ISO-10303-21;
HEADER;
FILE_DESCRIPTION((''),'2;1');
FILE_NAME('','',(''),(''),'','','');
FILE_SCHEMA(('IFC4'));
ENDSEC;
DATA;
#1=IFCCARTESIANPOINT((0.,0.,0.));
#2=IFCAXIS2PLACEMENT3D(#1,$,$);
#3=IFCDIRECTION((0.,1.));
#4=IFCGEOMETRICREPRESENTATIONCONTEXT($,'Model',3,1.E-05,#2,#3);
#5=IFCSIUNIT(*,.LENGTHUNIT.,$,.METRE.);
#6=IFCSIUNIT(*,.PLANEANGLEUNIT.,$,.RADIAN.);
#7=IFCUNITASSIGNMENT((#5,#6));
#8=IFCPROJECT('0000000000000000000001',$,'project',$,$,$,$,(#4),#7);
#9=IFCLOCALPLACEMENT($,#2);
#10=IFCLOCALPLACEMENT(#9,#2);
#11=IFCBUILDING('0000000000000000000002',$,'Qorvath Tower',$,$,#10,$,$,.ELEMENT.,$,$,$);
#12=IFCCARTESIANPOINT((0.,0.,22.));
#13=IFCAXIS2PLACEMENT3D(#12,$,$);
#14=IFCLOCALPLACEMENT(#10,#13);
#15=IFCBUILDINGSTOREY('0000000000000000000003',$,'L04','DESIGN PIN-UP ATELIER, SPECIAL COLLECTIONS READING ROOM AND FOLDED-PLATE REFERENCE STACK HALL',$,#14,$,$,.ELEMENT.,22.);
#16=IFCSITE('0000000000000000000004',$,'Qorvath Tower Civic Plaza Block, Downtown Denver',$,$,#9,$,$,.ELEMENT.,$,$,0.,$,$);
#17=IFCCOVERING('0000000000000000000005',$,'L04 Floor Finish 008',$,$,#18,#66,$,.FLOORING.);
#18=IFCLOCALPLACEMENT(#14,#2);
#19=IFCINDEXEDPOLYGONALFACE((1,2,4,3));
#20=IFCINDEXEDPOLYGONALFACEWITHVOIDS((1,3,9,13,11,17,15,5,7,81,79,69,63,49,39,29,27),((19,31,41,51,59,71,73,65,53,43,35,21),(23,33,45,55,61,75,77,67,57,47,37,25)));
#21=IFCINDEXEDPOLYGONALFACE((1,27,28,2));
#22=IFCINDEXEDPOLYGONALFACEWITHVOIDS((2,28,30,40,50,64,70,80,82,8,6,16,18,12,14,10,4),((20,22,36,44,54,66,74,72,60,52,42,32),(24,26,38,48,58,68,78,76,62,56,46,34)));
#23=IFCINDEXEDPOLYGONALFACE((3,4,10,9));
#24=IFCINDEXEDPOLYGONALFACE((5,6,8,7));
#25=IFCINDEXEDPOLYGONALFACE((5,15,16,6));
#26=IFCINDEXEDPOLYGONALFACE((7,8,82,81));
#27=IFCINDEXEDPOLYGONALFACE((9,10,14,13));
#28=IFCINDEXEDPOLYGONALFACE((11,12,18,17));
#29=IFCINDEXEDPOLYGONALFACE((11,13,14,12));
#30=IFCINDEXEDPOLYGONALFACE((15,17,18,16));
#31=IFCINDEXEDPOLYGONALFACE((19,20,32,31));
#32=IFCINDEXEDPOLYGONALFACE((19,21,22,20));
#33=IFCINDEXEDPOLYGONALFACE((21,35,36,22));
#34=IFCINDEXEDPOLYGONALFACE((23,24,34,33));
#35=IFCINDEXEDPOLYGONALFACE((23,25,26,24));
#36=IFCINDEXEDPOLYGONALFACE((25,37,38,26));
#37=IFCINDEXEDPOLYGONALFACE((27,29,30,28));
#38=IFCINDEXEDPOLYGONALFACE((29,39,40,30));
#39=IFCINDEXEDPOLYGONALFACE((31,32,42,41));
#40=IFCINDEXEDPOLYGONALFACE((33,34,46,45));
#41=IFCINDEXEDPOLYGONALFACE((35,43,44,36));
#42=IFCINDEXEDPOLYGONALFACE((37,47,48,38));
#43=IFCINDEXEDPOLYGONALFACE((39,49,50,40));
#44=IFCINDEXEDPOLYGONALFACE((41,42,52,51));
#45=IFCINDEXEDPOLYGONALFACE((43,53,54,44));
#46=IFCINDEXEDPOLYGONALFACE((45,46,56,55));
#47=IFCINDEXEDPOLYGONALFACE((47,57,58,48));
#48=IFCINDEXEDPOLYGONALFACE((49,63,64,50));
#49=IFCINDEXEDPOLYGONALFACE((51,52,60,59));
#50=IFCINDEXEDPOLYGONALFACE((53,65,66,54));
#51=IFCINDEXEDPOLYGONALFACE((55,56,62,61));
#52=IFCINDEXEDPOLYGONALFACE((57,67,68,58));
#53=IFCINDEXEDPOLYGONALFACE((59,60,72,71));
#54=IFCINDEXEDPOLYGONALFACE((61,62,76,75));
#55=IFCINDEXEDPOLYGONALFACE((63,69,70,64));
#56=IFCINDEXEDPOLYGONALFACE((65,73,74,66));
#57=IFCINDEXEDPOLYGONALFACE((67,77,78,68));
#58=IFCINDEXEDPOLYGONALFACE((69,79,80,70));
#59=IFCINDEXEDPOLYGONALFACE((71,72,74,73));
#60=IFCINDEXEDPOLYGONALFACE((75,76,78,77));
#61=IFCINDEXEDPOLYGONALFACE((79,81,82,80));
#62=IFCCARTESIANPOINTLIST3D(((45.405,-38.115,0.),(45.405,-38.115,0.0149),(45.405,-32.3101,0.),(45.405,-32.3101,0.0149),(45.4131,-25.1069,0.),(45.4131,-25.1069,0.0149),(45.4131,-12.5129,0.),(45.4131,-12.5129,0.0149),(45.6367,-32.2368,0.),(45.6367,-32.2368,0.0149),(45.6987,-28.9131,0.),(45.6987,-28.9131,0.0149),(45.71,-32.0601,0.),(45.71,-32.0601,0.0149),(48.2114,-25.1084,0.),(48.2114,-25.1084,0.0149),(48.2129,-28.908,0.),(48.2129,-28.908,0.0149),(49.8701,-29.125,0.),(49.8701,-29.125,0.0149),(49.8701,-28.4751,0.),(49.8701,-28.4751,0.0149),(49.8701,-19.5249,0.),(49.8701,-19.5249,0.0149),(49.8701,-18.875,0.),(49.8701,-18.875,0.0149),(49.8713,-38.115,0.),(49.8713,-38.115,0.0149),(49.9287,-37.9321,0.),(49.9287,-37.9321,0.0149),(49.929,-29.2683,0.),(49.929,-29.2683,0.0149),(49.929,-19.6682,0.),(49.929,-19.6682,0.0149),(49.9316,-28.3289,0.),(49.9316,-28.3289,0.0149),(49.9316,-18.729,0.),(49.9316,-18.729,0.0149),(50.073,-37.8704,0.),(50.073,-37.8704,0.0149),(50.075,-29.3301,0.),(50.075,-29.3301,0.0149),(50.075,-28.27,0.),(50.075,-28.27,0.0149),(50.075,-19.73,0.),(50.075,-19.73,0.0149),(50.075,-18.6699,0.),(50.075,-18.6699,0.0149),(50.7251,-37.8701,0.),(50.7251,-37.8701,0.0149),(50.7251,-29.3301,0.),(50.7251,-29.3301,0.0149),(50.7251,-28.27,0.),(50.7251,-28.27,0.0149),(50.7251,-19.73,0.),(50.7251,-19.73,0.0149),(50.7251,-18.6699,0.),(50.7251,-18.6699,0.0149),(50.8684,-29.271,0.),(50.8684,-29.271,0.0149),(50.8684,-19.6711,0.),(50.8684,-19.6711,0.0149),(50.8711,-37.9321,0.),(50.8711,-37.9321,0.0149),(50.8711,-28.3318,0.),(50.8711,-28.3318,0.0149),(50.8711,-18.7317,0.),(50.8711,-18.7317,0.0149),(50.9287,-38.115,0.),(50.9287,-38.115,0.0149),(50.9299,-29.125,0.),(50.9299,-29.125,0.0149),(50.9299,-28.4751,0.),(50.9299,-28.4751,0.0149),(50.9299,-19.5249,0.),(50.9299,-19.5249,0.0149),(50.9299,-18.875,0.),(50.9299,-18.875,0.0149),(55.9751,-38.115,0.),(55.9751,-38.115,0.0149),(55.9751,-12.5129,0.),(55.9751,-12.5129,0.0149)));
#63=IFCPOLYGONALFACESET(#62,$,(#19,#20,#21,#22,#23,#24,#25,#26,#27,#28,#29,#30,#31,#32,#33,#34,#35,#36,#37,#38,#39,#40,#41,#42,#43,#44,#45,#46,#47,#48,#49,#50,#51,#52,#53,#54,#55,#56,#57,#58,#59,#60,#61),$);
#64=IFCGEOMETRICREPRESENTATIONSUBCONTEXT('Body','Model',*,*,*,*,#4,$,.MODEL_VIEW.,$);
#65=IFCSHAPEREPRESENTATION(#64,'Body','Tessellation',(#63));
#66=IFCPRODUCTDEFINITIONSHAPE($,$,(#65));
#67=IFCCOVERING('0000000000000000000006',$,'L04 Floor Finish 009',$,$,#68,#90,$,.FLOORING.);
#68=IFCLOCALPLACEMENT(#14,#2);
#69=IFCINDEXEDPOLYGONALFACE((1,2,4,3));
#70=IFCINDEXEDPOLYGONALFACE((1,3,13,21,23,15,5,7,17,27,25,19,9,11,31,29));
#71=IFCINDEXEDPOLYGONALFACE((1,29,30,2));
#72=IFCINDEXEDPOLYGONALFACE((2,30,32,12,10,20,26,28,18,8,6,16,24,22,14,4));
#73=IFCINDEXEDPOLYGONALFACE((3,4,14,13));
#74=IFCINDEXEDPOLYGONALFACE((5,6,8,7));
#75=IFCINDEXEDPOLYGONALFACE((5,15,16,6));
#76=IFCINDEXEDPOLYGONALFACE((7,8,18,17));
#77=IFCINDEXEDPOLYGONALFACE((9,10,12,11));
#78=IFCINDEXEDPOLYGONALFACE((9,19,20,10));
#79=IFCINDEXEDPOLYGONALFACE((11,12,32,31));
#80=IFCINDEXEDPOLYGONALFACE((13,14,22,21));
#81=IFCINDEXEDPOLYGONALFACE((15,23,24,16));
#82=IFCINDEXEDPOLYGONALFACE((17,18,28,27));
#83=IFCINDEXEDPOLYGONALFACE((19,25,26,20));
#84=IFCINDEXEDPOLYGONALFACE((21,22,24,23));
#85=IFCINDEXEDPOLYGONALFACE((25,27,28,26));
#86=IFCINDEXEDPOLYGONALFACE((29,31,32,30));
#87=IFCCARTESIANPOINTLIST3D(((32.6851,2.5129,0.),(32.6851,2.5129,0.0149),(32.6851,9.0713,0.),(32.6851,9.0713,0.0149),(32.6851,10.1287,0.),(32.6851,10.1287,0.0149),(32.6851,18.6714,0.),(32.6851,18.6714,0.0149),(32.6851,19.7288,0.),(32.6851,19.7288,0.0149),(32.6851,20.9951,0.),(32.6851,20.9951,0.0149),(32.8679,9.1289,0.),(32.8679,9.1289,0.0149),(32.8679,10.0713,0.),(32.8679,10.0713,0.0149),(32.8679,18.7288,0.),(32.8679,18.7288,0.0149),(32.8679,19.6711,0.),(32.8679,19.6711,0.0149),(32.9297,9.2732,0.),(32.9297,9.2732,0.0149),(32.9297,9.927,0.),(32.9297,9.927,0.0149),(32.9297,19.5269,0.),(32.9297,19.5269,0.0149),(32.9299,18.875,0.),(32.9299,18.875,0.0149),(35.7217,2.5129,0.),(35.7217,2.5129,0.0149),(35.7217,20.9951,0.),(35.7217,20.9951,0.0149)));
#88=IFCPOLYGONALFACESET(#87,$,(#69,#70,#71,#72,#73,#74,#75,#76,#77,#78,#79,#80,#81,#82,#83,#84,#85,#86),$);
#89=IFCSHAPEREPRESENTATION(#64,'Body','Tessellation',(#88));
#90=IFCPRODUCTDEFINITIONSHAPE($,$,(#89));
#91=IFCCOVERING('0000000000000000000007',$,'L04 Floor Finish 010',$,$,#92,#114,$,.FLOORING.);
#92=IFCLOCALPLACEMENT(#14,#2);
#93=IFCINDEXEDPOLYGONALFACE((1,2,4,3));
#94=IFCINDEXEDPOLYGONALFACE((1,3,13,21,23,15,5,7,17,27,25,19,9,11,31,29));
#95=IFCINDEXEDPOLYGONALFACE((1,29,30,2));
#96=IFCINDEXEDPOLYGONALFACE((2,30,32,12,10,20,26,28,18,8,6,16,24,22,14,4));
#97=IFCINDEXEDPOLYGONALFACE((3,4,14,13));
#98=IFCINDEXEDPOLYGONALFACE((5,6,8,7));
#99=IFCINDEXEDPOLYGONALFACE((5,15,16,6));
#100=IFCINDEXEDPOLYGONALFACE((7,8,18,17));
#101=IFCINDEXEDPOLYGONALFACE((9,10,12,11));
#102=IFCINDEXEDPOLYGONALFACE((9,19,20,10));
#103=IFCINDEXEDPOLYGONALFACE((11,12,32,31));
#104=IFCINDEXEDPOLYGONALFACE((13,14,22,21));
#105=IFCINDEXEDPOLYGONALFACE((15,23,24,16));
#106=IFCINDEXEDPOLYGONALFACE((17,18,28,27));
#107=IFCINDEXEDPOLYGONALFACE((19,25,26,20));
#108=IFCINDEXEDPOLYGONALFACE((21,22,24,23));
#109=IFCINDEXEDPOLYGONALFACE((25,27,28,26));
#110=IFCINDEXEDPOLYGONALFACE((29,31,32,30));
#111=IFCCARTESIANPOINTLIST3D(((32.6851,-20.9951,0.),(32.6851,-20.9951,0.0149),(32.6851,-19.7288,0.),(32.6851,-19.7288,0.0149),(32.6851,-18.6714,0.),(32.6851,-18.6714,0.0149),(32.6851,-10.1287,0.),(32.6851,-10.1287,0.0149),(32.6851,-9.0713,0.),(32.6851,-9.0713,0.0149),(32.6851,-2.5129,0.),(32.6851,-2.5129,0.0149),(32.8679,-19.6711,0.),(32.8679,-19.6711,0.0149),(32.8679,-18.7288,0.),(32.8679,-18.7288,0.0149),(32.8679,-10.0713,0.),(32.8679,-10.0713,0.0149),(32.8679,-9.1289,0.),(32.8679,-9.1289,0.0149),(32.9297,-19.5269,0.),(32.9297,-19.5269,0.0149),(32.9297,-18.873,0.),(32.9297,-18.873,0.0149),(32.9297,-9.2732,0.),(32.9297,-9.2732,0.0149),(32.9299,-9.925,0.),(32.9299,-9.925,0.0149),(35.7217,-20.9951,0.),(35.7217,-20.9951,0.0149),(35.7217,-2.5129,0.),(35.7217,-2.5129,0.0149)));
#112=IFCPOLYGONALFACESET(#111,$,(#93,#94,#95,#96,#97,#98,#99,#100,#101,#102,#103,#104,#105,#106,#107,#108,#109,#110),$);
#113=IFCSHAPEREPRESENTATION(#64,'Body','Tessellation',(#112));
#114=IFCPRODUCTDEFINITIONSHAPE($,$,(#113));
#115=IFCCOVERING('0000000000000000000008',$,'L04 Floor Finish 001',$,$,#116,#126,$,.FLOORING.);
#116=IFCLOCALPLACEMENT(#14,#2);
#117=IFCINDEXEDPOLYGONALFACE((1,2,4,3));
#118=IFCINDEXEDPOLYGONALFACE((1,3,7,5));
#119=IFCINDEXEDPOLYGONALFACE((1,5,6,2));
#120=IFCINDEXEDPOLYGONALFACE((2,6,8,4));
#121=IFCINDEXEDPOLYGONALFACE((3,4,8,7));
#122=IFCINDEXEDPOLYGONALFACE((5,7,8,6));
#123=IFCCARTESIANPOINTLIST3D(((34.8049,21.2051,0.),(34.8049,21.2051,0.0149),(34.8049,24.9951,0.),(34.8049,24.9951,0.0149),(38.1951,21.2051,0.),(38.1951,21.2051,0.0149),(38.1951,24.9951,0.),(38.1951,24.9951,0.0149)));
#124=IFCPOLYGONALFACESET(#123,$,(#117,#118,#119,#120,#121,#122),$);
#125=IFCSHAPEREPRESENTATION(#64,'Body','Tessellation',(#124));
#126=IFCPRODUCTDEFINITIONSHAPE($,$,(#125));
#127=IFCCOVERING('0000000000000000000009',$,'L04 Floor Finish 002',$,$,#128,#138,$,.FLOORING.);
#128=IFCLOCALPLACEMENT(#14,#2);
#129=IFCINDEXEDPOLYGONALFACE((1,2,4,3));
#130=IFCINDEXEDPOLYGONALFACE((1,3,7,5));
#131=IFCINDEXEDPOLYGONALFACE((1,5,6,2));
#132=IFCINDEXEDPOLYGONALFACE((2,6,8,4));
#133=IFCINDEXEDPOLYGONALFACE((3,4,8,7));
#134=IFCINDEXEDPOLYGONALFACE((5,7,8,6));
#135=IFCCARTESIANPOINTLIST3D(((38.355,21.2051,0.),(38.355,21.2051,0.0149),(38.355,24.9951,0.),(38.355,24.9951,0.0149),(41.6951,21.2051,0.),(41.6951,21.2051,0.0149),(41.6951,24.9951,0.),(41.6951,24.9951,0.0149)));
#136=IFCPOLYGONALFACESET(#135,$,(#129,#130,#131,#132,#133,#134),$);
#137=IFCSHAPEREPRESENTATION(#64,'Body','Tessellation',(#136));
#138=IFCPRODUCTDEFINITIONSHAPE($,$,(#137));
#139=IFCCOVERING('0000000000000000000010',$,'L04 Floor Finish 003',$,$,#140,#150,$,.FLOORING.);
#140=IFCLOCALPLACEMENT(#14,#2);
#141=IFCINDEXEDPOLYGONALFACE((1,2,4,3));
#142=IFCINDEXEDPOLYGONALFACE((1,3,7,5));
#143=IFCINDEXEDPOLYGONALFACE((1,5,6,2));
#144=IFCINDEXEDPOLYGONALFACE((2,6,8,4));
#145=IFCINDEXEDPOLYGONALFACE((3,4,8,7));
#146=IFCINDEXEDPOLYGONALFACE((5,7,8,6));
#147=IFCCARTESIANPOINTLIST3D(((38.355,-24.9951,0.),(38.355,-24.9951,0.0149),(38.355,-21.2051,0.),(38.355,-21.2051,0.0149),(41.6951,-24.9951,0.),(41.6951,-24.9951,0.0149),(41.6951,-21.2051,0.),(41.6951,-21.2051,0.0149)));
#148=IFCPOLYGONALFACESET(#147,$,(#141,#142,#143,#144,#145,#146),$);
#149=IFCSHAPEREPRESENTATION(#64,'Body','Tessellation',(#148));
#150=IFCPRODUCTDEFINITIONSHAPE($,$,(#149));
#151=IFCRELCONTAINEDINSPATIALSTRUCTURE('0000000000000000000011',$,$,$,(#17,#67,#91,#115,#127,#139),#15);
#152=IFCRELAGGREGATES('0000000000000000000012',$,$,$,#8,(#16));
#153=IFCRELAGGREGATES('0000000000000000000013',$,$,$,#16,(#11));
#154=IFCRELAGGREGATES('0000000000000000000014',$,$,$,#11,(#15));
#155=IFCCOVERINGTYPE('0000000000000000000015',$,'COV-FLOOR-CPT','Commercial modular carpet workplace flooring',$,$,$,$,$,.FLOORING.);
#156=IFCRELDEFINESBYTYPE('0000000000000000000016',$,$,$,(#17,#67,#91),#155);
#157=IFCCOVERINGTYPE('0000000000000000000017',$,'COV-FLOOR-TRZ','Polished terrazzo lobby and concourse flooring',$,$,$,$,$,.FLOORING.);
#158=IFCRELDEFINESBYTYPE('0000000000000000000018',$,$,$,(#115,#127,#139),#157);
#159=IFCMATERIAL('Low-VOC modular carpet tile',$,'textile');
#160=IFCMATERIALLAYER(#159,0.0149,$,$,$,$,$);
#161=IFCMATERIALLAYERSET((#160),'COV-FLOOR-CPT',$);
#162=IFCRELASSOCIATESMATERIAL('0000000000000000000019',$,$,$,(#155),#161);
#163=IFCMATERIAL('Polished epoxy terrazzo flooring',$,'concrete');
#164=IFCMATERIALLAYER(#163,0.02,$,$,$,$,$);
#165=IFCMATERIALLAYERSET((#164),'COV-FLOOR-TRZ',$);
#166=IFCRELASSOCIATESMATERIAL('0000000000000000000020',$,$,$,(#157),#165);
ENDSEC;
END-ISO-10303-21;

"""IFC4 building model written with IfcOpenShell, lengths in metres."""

from ifc_helpers import new_model, si_unit, direction, frame, origin, place, context, subcontext, project, spatial, polyline, outline, extrude, material, layer, layer_set, type_object, element, save


model = new_model("IFC4")

# Units and contexts
model_context = context("Model", 3, precision=1e-05, world=origin(), true_north=direction((0.0, 1.0)))
body_context = subcontext(model_context, "Body", "Model", "MODEL_VIEW")
ifc_project = project(units=[si_unit("LENGTHUNIT", "METRE"), si_unit("PLANEANGLEUNIT", "RADIAN")], contexts=[model_context])

# Site, building, storey
site_placement = place(None, origin())
site = spatial("IfcSite", under=ifc_project, at=site_placement, Name="Qorvath Tower Civic Plaza Block, Downtown Denver", CompositionType="ELEMENT", RefElevation=0.0)
building_placement = place(site_placement, origin())
building = spatial("IfcBuilding", under=site, at=building_placement, Name="Qorvath Tower", CompositionType="ELEMENT")
storey_placement = place(building_placement, frame((0.0, 0.0, 22.0)))
storey = spatial("IfcBuildingStorey", under=building, at=storey_placement, Name="L04", Description="DESIGN PIN-UP ATELIER, SPECIAL COLLECTIONS READING ROOM AND FOLDED-PLATE REFERENCE STACK HALL", CompositionType="ELEMENT", Elevation=22.0)

# Coverings
ifc_material_1 = material(Name="Low-VOC modular carpet tile", Category="textile")
ifc_layer_1 = layer(ifc_material_1, 0.0149)
ifc_layer_set_1 = layer_set([ifc_layer_1], Name="COV-FLOOR-CPT")
covering_type_1 = type_object("IfcCoveringType", Name="COV-FLOOR-CPT", Description="Commercial modular carpet workplace flooring", PredefinedType="FLOORING", material=ifc_layer_set_1)
covering_1_placement = place(storey_placement, origin())
element("IfcCovering", 1, at=covering_1_placement, inside=storey, type_object=covering_type_1, Name="L04 Floor Finish 008", PredefinedType="FLOORING", context=body_context, shape_type="SweptSolid", body=[
    extrude(outline(polyline([(55.9751, -38.115), (55.9751, -12.5129), (45.4131, -12.5129), (45.4131, -25.1069), (48.2114, -25.1084), (48.2129, -28.908), (45.6987, -28.9131), (45.71, -32.0601), (45.6367, -32.2368), (45.405, -32.3101), (45.405, -38.115), (49.8713, -38.115), (49.9287, -37.9321), (50.073, -37.8704), (50.7251, -37.8701), (50.8711, -37.9321), (50.9287, -38.115), (55.9751, -38.115)]), holes=[polyline([(50.8711, -28.3318), (50.9299, -28.4751), (50.9299, -29.125), (50.8684, -29.271), (50.7251, -29.3301), (50.075, -29.3301), (49.929, -29.2683), (49.8701, -29.125), (49.8701, -28.4751), (49.9316, -28.3289), (50.075, -28.27), (50.7251, -28.27), (50.8711, -28.3318)]), polyline([(50.8711, -18.7317), (50.9299, -18.875), (50.9299, -19.5249), (50.8684, -19.6711), (50.7251, -19.73), (50.075, -19.73), (49.929, -19.6682), (49.8701, -19.5249), (49.8701, -18.875), (49.9316, -18.729), (50.075, -18.6699), (50.7251, -18.6699), (50.8711, -18.7317)])]), origin(), (0.0, 0.0, 1.0), 0.0149),
])
covering_2_placement = place(storey_placement, origin())
element("IfcCovering", 2, at=covering_2_placement, inside=storey, type_object=covering_type_1, Name="L04 Floor Finish 009", PredefinedType="FLOORING", context=body_context, shape_type="SweptSolid", body=[
    extrude(outline(polyline([(32.9297, 9.2732), (32.8679, 9.1289), (32.6851, 9.0713), (32.6851, 2.5129), (35.7217, 2.5129), (35.7217, 20.9951), (32.6851, 20.9951), (32.6851, 19.7288), (32.8679, 19.6711), (32.9297, 19.5269), (32.9299, 18.875), (32.8679, 18.7288), (32.6851, 18.6714), (32.6851, 10.1287), (32.8679, 10.0713), (32.9297, 9.927), (32.9297, 9.2732)])), origin(), (0.0, 0.0, 1.0), 0.0149),
])
covering_3_placement = place(storey_placement, origin())
element("IfcCovering", 3, at=covering_3_placement, inside=storey, type_object=covering_type_1, Name="L04 Floor Finish 010", PredefinedType="FLOORING", context=body_context, shape_type="SweptSolid", body=[
    extrude(outline(polyline([(32.9297, -19.5269), (32.8679, -19.6711), (32.6851, -19.7288), (32.6851, -20.9951), (35.7217, -20.9951), (35.7217, -2.5129), (32.6851, -2.5129), (32.6851, -9.0713), (32.8679, -9.1289), (32.9297, -9.2732), (32.9299, -9.925), (32.8679, -10.0713), (32.6851, -10.1287), (32.6851, -18.6714), (32.8679, -18.7288), (32.9297, -18.873), (32.9297, -19.5269)])), origin(), (0.0, 0.0, 1.0), 0.0149),
])
ifc_material_2 = material(Name="Polished epoxy terrazzo flooring", Category="concrete")
ifc_layer_2 = layer(ifc_material_2, 0.02)
ifc_layer_set_2 = layer_set([ifc_layer_2], Name="COV-FLOOR-TRZ")
covering_type_2 = type_object("IfcCoveringType", Name="COV-FLOOR-TRZ", Description="Polished terrazzo lobby and concourse flooring", PredefinedType="FLOORING", material=ifc_layer_set_2)
covering_4_placement = place(storey_placement, origin())
element("IfcCovering", 4, at=covering_4_placement, inside=storey, type_object=covering_type_2, Name="L04 Floor Finish 001", PredefinedType="FLOORING", context=body_context, shape_type="SweptSolid", body=[
    extrude(outline(polyline([(38.1951, 24.9951), (34.8049, 24.9951), (34.8049, 21.2051), (38.1951, 21.2051), (38.1951, 24.9951)])), origin(), (0.0, 0.0, 1.0), 0.0149),
])
covering_5_placement = place(storey_placement, origin())
element("IfcCovering", 5, at=covering_5_placement, inside=storey, type_object=covering_type_2, Name="L04 Floor Finish 002", PredefinedType="FLOORING", context=body_context, shape_type="SweptSolid", body=[
    extrude(outline(polyline([(41.6951, 24.9951), (38.355, 24.9951), (38.355, 21.2051), (41.6951, 21.2051), (41.6951, 24.9951)])), origin(), (0.0, 0.0, 1.0), 0.0149),
])
covering_6_placement = place(storey_placement, origin())
element("IfcCovering", 6, at=covering_6_placement, inside=storey, type_object=covering_type_2, Name="L04 Floor Finish 003", PredefinedType="FLOORING", context=body_context, shape_type="SweptSolid", body=[
    extrude(outline(polyline([(41.6951, -21.2051), (38.355, -21.2051), (38.355, -24.9951), (41.6951, -24.9951), (41.6951, -21.2051)])), origin(), (0.0, 0.0, 1.0), 0.0149),
])

save(model, "model.ifc")
